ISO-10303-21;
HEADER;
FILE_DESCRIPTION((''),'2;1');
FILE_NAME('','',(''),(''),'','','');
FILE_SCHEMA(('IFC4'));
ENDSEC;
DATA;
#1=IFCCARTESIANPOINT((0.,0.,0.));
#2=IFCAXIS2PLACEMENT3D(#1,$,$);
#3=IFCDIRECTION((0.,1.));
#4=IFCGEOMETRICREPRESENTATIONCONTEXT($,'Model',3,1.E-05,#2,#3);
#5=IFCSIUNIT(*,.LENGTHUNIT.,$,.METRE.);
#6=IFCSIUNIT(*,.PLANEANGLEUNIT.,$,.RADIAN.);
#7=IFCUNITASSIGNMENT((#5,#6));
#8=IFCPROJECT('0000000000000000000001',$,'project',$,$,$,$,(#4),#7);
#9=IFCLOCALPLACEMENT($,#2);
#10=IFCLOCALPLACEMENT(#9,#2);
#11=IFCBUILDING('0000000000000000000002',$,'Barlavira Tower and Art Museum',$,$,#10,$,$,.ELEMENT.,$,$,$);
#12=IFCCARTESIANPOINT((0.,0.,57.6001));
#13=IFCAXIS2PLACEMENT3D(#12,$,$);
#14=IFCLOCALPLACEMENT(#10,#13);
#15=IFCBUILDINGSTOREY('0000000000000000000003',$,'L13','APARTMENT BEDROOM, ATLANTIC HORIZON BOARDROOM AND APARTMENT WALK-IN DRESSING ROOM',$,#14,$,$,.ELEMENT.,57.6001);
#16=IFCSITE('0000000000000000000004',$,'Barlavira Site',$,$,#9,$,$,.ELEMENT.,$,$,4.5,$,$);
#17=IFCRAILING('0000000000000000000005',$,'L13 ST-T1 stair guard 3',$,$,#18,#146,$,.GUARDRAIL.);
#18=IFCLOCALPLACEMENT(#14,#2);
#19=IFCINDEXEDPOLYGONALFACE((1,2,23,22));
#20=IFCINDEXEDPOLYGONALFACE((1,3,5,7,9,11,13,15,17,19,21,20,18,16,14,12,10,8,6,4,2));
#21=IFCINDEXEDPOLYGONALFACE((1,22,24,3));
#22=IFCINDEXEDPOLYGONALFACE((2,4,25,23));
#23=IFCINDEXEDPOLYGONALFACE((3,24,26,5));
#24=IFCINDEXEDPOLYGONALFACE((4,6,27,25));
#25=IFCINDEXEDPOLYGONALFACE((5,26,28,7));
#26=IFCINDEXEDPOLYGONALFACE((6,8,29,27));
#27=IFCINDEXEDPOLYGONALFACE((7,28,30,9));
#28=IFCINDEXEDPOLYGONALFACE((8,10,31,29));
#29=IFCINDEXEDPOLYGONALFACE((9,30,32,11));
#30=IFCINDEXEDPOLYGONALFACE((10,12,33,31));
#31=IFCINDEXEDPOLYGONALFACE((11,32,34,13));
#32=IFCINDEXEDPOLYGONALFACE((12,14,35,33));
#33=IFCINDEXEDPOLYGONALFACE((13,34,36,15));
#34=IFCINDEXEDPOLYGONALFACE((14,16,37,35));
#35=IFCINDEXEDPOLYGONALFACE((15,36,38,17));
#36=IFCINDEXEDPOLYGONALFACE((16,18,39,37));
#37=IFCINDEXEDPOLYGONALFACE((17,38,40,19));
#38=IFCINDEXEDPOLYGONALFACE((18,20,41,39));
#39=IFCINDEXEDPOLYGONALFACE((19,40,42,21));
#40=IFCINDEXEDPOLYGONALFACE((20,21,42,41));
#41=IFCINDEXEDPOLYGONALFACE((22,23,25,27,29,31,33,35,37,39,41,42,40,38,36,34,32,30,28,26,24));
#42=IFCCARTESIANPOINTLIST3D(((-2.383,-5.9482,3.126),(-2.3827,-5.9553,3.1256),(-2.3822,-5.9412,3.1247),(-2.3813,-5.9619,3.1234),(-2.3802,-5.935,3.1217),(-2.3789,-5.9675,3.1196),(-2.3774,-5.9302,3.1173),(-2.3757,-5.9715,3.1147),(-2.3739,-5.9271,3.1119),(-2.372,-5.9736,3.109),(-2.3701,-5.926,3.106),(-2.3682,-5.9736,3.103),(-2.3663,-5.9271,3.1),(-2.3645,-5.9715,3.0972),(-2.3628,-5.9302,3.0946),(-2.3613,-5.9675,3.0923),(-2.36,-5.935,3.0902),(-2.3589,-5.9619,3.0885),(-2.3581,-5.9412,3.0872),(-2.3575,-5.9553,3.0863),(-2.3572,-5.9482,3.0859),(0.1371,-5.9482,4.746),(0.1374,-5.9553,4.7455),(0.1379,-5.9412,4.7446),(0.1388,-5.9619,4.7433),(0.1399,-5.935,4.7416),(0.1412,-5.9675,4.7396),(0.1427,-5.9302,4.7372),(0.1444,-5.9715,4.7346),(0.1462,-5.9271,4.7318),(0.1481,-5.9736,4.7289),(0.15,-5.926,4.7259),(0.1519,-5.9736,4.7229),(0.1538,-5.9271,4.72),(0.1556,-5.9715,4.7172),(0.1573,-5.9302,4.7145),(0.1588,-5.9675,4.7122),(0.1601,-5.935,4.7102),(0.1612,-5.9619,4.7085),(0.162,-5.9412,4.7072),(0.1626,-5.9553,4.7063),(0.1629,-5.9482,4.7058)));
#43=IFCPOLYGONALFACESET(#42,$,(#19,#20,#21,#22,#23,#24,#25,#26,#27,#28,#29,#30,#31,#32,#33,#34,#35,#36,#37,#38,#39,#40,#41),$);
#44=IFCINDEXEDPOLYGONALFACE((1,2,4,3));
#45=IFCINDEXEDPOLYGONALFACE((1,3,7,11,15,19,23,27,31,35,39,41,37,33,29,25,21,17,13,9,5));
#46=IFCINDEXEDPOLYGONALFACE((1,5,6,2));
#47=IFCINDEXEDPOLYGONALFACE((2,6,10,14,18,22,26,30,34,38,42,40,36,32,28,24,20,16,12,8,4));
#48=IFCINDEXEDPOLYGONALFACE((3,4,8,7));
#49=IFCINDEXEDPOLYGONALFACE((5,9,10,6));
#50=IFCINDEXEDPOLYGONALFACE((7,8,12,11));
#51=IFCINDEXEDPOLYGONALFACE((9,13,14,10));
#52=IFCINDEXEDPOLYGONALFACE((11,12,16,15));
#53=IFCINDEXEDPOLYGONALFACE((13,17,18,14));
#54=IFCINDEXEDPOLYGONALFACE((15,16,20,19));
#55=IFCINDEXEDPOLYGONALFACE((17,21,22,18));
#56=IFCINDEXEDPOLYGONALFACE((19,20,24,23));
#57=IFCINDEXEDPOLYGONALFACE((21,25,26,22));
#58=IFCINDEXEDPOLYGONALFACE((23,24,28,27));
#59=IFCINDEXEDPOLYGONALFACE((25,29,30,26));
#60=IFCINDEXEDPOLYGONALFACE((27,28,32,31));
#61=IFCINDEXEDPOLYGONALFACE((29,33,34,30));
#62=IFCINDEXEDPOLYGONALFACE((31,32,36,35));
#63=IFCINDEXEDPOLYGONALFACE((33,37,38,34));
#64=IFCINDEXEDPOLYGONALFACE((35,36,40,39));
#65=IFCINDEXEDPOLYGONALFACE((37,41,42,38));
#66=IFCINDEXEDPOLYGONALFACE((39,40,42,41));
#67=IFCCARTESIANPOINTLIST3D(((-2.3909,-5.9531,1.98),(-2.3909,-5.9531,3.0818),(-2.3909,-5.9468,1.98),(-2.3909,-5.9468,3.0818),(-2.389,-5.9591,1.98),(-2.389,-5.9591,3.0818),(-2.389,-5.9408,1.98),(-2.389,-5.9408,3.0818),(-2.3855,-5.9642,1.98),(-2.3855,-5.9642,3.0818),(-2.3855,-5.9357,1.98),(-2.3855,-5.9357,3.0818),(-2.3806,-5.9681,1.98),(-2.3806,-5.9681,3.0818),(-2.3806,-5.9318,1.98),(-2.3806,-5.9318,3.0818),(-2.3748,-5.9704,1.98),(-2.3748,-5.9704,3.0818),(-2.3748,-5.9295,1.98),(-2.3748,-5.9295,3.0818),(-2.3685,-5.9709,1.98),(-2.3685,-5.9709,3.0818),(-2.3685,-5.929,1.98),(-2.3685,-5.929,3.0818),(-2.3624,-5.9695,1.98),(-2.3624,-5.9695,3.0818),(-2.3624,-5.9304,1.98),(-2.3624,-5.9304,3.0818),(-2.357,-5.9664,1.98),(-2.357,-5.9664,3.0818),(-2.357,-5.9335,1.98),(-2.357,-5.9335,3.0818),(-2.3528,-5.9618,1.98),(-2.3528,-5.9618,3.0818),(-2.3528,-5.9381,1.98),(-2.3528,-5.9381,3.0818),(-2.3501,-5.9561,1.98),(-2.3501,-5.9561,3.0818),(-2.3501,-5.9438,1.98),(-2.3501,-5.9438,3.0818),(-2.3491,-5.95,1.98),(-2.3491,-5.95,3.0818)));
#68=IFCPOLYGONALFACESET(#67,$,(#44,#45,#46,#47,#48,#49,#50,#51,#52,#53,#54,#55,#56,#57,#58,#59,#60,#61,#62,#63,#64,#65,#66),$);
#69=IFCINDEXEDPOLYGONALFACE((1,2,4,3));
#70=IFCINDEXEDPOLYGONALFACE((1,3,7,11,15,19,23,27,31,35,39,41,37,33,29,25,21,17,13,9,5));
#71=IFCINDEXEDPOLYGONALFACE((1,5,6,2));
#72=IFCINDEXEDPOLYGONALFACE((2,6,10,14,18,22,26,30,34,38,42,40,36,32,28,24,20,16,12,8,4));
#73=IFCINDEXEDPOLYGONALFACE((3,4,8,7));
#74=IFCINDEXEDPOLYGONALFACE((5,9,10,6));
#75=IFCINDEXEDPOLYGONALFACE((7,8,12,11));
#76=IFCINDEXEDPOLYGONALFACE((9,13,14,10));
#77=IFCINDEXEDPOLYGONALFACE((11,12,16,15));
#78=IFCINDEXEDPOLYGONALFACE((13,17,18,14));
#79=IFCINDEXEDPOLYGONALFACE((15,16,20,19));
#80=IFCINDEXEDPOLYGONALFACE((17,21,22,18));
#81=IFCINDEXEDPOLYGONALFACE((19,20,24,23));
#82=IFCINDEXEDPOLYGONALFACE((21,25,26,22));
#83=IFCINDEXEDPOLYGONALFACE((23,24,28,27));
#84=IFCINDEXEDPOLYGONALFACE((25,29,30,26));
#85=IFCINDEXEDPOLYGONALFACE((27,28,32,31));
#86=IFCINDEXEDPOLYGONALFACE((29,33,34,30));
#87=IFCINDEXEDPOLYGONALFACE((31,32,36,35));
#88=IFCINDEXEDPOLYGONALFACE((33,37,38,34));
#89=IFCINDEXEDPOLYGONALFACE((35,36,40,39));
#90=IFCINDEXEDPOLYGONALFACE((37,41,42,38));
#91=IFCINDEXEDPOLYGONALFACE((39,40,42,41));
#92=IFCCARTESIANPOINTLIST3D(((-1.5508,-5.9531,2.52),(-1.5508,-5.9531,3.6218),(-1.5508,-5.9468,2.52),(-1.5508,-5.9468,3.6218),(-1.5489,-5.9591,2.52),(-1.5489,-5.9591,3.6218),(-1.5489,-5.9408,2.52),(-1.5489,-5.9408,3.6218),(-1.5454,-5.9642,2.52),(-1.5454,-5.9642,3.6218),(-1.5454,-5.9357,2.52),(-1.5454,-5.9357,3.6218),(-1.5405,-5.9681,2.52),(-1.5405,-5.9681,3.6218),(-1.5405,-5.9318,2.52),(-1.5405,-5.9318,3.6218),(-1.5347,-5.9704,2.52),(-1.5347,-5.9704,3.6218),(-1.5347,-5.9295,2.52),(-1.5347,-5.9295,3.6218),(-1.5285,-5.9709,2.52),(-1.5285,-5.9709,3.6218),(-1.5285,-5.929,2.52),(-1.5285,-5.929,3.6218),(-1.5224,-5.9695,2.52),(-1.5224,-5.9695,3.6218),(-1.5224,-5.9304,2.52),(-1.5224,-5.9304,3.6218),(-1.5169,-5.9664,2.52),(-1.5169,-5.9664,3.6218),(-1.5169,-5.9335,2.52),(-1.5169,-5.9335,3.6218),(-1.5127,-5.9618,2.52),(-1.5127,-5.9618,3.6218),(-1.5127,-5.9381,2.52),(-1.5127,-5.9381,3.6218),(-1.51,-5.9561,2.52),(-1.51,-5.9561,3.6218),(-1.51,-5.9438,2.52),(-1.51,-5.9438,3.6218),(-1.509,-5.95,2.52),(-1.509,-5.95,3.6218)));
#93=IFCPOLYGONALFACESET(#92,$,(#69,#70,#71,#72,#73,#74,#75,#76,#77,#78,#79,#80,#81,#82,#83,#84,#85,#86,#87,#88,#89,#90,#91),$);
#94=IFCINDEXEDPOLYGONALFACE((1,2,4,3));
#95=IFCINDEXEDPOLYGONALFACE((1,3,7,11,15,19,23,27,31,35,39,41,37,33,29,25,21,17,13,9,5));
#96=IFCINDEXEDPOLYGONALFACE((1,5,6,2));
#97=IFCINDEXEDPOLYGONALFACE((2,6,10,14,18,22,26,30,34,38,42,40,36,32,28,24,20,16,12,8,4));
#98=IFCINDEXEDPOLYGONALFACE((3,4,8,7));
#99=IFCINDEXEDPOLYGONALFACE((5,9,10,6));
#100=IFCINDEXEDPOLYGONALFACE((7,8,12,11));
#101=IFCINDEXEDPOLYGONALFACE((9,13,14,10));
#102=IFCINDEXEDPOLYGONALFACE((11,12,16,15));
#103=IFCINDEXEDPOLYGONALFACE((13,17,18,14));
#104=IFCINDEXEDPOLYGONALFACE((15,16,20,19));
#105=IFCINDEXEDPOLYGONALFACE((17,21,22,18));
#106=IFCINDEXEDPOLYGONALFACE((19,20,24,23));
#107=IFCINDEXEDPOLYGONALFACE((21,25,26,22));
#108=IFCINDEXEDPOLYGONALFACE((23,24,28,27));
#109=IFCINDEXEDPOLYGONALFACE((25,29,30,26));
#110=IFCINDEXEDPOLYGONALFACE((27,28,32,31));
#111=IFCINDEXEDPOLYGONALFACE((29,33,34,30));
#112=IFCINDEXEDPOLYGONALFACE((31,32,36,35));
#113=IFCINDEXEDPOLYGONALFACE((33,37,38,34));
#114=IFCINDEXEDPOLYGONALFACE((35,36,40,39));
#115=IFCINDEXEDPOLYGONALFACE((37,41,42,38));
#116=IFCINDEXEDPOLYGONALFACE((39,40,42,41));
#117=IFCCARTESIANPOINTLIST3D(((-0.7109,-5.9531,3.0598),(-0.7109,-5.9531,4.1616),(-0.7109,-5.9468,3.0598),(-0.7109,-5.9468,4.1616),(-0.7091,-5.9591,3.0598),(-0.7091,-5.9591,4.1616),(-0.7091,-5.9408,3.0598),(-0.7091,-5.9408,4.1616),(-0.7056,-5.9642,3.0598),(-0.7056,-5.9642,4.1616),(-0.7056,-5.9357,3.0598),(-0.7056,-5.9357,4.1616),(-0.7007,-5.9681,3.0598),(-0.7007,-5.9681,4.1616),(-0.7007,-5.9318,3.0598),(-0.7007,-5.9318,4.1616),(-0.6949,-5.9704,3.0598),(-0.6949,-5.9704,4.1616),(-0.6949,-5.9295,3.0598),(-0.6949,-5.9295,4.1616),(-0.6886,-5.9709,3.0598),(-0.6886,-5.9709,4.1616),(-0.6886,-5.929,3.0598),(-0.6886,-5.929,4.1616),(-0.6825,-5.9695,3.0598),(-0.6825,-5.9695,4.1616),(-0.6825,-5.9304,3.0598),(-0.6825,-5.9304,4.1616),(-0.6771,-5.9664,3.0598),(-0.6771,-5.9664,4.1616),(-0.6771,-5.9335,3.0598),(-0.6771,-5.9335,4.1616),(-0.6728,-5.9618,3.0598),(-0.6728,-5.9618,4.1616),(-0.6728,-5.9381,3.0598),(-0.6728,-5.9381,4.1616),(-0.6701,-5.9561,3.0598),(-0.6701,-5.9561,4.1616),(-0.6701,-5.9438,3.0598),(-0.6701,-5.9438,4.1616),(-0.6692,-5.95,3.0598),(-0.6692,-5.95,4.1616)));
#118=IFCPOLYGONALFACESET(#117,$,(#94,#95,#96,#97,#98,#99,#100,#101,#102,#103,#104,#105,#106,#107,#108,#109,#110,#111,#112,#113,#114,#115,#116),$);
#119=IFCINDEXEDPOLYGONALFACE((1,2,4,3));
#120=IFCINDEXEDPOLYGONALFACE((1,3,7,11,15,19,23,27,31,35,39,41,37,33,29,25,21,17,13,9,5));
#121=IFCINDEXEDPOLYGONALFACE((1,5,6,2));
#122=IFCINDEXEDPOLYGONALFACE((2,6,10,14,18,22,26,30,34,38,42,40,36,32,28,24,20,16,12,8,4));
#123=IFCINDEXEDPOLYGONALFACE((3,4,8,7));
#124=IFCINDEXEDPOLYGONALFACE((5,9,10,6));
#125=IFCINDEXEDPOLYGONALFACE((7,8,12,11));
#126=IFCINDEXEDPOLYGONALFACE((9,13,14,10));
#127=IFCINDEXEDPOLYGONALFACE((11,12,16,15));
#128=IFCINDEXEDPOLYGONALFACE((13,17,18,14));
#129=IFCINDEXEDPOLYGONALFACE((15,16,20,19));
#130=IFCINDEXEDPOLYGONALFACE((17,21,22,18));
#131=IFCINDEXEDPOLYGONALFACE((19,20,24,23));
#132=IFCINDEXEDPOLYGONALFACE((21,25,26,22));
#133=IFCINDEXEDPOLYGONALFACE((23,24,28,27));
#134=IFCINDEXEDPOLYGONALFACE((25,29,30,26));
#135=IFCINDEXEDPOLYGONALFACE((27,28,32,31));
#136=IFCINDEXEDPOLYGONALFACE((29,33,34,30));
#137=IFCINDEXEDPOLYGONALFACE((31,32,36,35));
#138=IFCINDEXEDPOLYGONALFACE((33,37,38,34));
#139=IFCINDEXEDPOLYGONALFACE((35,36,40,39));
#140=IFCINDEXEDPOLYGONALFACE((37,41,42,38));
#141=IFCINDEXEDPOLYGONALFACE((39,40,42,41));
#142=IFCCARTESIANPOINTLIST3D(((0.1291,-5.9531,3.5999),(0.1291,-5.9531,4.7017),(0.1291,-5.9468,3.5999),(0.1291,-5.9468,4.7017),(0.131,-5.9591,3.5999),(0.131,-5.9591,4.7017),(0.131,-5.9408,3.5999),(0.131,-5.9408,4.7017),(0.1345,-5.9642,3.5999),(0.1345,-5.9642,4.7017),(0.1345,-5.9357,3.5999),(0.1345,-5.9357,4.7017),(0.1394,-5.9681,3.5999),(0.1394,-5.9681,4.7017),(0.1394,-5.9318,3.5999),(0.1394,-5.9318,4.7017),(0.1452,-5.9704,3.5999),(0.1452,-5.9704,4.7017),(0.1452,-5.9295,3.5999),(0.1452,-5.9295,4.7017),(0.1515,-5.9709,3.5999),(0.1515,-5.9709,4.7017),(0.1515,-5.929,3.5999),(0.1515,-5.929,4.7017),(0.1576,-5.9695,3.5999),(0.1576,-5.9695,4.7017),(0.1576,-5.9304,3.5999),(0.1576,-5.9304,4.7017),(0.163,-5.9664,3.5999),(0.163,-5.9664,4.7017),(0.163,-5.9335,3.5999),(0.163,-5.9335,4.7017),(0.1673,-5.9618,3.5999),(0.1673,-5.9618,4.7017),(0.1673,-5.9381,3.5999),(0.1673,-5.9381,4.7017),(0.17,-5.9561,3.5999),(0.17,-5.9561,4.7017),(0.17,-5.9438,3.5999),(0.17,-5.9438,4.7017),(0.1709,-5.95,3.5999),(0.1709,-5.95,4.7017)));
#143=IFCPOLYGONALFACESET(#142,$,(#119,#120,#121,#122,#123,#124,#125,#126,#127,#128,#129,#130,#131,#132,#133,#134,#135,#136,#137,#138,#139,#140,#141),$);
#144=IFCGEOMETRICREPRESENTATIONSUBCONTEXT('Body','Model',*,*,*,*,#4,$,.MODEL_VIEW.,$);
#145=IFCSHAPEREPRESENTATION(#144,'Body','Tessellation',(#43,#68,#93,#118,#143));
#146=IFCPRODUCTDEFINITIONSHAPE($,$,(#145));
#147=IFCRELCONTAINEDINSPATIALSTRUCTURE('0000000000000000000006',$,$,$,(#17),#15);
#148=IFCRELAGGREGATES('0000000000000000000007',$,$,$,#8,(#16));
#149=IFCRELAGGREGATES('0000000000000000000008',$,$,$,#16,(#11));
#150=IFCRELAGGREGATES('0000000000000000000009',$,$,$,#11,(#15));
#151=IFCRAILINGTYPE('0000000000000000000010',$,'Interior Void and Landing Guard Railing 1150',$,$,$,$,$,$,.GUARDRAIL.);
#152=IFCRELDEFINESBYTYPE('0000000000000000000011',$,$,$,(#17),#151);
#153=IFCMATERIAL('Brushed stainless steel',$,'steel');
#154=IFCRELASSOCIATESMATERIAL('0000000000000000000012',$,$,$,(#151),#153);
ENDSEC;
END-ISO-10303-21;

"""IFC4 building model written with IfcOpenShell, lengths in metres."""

from ifc_helpers import new_model, si_unit, direction, frame, origin, origin_2d, place, context, subcontext, project, spatial, circle, extrude, material, type_object, element, save


model = new_model("IFC4")

# Units and contexts
model_context = context("Model", 3, precision=1e-05, world=origin(), true_north=direction((0.0, 1.0)))
body_context = subcontext(model_context, "Body", "Model", "MODEL_VIEW")
ifc_project = project(units=[si_unit("LENGTHUNIT", "METRE"), si_unit("PLANEANGLEUNIT", "RADIAN")], contexts=[model_context])

# Site, building, storey
site_placement = place(None, origin())
site = spatial("IfcSite", under=ifc_project, at=site_placement, Name="Barlavira Site", CompositionType="ELEMENT", RefElevation=4.5)
building_placement = place(site_placement, origin())
building = spatial("IfcBuilding", under=site, at=building_placement, Name="Barlavira Tower and Art Museum", CompositionType="ELEMENT")
storey_placement = place(building_placement, frame((0.0, 0.0, 57.6001)))
storey = spatial("IfcBuildingStorey", under=building, at=storey_placement, Name="L13", Description="APARTMENT BEDROOM, ATLANTIC HORIZON BOARDROOM AND APARTMENT WALK-IN DRESSING ROOM", CompositionType="ELEMENT", Elevation=57.6001)

# Shared definitions
ifc_material_1 = material(Name="Brushed stainless steel", Category="steel")

# Railing
railing_type_1 = type_object("IfcRailingType", Name="Interior Void and Landing Guard Railing 1150", PredefinedType="GUARDRAIL", material=ifc_material_1)
railing_1_placement = place(storey_placement, frame((-2.3701, -5.95, 1.98)))
element("IfcRailing", 1, at=railing_1_placement, inside=storey, type_object=railing_type_1, Name="L13 ST-T1 stair guard 3", PredefinedType="GUARDRAIL", context=body_context, shape_type="SweptSolid", body=[
    extrude(circle(Radius=0.0239, at=origin_2d()), frame((0.0, 0.0, 1.126), z_axis=(0.8412, 0.0, 0.540725), x_axis=(0.0, 1.0, 0.0)), (0.0, 0.0, 1.0), 2.9958),
    extrude(circle(Radius=0.021, at=origin_2d()), origin(), (0.0, 0.0, 1.0), 1.1018),
    extrude(circle(Radius=0.021, at=origin_2d()), frame((0.8401, 0.0, 0.54)), (0.0, 0.0, 1.0), 1.1018),
    extrude(circle(Radius=0.021, at=origin_2d()), frame((1.6799, 0.0, 1.0798)), (0.0, 0.0, 1.0), 1.1018),
    extrude(circle(Radius=0.021, at=origin_2d()), frame((2.52, 0.0, 1.6199)), (0.0, 0.0, 1.0), 1.1018),
])

save(model, "model.ifc")
